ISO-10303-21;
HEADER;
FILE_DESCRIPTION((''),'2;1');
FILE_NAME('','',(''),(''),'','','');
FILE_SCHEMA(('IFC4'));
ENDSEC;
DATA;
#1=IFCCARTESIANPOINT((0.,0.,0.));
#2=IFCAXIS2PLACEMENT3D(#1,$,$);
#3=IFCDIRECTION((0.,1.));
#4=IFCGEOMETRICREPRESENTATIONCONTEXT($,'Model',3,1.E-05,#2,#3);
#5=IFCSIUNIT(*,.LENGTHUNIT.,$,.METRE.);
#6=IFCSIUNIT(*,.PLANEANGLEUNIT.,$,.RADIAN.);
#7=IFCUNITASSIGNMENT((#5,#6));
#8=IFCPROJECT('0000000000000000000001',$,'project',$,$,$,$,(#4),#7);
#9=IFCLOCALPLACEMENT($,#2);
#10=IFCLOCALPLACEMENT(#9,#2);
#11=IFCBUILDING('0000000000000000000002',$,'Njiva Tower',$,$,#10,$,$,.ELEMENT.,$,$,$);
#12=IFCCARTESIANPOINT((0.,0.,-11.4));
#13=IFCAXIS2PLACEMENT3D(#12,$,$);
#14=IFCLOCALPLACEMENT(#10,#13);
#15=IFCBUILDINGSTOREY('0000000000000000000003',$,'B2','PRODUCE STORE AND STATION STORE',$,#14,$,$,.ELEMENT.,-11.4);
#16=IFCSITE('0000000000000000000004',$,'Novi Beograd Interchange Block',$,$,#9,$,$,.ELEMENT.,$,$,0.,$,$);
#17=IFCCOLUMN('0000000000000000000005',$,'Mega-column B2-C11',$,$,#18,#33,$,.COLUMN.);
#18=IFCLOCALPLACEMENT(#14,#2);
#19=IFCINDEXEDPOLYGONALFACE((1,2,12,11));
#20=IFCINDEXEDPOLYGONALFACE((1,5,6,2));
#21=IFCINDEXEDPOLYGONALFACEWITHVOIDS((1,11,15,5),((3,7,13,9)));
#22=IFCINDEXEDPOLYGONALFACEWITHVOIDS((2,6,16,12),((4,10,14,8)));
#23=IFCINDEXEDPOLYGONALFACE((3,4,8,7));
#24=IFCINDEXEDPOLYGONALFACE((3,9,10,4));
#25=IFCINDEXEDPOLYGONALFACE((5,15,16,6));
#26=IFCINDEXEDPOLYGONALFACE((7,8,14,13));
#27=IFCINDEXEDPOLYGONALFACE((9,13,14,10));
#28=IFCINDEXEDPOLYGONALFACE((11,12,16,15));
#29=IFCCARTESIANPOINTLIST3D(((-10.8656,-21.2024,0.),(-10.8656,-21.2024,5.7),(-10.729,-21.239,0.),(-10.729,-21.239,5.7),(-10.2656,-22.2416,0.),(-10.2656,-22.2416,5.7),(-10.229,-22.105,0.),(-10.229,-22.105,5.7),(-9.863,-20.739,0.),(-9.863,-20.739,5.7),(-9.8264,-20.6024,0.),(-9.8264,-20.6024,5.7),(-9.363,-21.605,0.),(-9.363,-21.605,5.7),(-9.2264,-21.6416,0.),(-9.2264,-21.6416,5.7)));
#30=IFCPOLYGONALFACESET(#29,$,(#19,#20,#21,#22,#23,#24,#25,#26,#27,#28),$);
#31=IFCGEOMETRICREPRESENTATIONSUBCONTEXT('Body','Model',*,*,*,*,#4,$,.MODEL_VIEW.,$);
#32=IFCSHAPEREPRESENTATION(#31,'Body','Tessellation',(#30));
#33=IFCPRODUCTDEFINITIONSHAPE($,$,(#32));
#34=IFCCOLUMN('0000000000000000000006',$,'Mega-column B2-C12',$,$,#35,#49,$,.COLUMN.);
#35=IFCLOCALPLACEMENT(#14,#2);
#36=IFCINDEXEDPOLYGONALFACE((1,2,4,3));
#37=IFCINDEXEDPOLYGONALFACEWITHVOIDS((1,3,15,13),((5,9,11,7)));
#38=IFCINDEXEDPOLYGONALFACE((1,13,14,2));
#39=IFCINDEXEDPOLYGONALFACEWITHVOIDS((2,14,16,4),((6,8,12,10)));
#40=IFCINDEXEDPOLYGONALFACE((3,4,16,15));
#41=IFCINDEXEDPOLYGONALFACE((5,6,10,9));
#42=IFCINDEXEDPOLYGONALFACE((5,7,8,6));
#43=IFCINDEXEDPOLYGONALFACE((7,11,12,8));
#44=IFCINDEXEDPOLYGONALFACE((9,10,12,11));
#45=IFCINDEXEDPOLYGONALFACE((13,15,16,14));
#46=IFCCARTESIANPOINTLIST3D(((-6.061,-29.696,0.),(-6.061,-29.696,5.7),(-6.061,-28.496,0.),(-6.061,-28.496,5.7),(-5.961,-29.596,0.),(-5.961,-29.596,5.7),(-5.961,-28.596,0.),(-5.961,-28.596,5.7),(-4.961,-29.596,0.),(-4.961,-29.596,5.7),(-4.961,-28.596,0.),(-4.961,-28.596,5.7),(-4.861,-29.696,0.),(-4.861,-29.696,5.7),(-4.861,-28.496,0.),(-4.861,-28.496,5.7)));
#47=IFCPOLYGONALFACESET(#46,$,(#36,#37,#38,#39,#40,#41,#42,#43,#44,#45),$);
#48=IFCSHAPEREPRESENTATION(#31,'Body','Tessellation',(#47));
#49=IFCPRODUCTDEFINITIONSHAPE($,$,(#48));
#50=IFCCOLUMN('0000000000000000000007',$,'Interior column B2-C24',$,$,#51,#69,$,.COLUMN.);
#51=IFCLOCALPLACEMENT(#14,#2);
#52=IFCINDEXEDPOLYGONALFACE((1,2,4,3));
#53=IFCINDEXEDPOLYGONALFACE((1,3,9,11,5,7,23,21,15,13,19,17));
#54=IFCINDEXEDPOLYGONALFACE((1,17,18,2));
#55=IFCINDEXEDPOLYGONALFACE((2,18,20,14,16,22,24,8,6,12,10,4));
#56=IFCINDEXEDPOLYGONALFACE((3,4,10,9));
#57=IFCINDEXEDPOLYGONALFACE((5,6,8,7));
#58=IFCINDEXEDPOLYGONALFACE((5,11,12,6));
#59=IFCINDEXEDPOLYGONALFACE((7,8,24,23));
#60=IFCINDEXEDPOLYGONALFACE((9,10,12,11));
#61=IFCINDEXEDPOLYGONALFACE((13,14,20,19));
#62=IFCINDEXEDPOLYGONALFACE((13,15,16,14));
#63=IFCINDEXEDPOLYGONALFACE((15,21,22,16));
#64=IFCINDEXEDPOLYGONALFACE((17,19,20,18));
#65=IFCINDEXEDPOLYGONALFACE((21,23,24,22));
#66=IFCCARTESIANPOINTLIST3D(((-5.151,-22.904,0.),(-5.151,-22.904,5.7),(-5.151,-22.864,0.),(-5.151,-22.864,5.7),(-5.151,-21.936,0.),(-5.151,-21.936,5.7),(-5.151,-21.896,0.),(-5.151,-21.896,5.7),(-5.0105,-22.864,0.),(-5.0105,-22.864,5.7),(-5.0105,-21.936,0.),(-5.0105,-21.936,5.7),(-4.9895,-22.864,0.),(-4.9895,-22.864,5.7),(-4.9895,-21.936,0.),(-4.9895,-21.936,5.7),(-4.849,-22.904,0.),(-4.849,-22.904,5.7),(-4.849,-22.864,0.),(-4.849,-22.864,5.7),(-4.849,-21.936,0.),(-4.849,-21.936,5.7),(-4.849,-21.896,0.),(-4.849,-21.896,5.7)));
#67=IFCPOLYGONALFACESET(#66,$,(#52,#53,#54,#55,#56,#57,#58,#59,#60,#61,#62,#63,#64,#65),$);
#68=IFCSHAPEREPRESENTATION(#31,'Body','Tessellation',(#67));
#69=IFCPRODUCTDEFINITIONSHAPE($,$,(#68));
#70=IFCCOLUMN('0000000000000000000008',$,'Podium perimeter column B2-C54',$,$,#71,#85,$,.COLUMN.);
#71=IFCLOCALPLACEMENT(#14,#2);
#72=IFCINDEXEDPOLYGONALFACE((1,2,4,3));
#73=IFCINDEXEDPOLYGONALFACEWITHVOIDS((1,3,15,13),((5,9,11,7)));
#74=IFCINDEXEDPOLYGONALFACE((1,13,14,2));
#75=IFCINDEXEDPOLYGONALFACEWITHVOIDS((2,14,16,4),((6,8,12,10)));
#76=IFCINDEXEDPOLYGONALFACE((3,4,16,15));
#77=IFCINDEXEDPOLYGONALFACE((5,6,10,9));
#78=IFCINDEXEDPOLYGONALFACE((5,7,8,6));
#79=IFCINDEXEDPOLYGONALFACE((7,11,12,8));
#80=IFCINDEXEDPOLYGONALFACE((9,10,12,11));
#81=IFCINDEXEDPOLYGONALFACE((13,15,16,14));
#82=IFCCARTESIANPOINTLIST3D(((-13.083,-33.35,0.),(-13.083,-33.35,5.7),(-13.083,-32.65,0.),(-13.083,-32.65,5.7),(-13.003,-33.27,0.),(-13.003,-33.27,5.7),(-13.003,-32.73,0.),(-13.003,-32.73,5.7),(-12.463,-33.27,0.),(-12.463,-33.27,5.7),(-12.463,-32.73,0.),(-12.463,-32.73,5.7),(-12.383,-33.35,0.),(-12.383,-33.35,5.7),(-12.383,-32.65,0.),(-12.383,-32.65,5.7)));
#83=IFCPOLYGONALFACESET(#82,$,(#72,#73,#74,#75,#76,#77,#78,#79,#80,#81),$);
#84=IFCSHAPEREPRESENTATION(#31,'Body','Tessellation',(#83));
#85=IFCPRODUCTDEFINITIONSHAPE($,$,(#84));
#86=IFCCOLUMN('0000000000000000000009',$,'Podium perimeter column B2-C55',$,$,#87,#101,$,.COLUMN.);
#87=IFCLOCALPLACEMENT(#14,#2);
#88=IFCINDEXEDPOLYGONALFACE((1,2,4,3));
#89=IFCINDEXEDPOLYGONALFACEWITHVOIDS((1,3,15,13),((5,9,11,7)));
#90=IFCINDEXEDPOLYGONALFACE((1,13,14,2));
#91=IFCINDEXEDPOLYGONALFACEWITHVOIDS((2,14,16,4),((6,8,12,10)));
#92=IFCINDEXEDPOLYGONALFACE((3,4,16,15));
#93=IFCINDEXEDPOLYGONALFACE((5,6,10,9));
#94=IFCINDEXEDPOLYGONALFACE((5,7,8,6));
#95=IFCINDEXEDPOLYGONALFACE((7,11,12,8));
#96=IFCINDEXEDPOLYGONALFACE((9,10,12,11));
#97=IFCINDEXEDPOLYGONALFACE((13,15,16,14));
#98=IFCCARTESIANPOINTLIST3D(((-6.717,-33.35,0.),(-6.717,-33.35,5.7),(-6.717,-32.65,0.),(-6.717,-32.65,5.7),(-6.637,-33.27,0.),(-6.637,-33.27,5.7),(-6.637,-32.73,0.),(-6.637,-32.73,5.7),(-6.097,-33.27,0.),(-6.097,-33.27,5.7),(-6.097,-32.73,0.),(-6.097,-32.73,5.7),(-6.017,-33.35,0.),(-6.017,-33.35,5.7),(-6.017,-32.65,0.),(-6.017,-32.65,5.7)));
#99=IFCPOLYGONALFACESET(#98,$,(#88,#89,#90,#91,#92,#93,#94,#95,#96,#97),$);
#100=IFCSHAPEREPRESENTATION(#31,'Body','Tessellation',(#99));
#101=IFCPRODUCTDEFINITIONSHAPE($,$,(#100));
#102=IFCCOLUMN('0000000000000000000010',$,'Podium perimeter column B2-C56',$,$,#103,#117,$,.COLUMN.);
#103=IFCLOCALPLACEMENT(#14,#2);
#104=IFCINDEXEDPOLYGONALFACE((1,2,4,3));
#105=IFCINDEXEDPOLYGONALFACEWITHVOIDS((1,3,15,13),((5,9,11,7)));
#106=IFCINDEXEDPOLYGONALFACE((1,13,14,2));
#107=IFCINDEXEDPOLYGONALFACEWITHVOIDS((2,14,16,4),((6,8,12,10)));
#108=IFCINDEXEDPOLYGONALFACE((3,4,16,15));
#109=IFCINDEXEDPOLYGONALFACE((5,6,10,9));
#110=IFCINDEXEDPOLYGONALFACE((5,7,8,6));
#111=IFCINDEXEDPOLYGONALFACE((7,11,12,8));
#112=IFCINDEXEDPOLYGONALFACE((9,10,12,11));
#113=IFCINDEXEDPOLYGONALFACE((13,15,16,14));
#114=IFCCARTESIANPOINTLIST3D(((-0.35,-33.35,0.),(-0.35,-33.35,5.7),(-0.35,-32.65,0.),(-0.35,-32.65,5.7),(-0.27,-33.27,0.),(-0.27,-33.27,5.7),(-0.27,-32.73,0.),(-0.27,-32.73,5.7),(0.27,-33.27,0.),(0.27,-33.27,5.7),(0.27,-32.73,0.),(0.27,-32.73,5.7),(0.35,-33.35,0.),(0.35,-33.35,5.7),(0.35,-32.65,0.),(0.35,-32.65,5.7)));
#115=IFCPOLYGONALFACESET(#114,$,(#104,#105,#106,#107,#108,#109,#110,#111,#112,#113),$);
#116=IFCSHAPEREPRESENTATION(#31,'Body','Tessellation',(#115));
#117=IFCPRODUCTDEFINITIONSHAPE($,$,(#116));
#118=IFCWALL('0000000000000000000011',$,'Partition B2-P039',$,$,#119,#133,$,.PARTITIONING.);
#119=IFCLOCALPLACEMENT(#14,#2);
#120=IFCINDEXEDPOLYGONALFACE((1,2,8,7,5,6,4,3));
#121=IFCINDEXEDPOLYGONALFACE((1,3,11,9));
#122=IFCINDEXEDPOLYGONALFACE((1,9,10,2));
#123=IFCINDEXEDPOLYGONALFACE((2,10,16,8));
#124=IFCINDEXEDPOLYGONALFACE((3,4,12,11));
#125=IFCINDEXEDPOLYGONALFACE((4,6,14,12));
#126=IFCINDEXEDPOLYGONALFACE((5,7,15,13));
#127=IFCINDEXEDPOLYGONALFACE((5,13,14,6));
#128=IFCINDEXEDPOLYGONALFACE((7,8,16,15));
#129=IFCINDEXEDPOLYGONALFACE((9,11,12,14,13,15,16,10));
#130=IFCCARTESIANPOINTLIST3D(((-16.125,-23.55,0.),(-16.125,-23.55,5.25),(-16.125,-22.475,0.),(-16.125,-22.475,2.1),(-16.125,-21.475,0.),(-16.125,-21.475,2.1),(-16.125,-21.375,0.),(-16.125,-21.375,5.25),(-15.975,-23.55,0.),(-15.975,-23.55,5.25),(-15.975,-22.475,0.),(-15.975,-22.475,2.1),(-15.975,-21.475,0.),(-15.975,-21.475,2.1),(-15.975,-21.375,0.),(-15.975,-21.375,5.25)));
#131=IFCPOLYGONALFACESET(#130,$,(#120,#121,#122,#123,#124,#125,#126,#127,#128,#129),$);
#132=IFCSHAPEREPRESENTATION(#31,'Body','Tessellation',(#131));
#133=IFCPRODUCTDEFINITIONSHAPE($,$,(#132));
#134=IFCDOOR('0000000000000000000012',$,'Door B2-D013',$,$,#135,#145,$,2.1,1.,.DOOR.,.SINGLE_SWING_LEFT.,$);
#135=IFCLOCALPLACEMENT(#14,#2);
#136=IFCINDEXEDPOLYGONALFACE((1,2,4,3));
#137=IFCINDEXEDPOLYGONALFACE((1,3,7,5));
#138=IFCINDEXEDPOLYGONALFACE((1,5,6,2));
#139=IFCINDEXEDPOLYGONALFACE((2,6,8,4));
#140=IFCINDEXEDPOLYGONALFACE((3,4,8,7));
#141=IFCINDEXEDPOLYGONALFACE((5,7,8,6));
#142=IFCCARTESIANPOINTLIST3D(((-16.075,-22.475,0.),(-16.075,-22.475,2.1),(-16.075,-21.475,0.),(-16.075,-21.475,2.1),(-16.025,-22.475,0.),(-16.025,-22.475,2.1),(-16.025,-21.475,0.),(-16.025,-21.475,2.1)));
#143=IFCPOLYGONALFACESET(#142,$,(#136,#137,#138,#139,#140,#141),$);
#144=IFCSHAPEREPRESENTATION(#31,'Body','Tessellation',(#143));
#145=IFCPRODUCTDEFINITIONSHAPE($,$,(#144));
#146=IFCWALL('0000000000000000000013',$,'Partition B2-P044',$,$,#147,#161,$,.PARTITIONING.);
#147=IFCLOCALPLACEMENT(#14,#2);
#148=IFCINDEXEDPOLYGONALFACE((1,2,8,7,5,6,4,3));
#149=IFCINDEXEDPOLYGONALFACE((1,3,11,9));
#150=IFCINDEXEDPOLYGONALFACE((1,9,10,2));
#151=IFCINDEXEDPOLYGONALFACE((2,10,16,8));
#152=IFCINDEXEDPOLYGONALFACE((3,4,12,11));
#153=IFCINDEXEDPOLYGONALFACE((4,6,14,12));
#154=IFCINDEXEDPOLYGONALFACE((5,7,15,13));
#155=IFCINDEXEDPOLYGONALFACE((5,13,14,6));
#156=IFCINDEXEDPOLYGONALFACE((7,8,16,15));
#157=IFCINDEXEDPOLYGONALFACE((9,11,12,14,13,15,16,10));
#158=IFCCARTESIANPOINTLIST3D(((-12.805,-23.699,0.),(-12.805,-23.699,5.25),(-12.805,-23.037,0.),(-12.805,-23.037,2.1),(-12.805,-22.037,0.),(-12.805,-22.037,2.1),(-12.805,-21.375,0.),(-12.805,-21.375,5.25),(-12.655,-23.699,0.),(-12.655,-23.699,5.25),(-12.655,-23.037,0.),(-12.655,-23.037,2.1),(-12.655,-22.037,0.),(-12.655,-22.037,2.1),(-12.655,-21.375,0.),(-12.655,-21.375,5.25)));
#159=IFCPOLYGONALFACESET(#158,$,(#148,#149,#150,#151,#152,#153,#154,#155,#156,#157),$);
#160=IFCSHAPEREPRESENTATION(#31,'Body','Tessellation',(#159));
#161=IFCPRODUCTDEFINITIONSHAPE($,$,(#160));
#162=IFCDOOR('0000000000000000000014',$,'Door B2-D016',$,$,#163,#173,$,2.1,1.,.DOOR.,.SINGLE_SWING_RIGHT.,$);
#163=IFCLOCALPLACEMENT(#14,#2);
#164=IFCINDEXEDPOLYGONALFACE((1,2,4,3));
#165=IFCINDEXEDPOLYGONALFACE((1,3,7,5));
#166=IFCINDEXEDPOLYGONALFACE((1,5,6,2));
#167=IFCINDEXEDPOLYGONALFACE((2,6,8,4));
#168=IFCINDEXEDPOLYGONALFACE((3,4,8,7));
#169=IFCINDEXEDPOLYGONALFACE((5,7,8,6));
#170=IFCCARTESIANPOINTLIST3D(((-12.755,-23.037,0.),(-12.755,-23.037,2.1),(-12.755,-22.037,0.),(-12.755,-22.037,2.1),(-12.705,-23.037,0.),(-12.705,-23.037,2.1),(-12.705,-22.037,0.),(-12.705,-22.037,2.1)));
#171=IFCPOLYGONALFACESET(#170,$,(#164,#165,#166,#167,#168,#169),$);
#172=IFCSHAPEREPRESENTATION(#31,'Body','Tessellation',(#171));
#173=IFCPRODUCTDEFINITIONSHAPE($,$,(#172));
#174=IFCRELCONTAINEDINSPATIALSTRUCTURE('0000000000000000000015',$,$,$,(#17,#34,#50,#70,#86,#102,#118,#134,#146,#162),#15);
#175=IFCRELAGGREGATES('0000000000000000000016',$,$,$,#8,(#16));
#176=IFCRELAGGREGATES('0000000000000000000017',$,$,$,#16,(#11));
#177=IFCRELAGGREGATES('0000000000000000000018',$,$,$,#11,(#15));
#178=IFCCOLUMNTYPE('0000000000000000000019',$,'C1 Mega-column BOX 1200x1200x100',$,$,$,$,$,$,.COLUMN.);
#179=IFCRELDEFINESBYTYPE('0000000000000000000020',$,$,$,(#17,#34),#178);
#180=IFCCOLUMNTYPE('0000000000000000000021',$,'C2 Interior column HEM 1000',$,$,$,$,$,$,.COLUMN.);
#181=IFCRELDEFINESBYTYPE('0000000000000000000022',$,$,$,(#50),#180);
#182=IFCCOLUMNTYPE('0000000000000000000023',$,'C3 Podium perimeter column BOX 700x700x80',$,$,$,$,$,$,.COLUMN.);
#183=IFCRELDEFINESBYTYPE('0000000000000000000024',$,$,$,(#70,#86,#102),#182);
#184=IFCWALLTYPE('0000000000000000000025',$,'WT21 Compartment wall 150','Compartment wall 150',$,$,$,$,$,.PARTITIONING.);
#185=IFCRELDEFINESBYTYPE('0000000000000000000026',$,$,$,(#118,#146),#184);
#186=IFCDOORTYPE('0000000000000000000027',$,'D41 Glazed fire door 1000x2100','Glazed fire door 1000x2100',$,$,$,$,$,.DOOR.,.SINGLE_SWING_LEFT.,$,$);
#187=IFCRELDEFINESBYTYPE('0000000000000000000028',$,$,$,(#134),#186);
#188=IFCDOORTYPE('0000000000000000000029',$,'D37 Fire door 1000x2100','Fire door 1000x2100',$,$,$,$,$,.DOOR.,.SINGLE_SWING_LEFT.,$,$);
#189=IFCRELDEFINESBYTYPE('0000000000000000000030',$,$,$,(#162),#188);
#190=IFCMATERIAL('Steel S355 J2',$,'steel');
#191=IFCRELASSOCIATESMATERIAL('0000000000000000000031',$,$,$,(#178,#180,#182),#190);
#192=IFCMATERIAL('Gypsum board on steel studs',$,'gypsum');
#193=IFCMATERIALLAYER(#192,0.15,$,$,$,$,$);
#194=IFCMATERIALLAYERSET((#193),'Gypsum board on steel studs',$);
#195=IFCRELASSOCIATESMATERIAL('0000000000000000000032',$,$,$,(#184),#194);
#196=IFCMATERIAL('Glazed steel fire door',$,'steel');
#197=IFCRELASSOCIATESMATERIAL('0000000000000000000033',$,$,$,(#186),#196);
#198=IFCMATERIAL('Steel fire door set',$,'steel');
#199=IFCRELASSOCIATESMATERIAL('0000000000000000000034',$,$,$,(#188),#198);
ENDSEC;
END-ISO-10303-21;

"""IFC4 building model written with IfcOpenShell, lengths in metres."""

from ifc_helpers import new_model, si_unit, direction, frame, frame_2d, origin, origin_2d, place, context, subcontext, project, spatial, rectangle, hollow_rectangle, i_section, extrude, material, layer, layer_set, material_profile, profile_set, type_object, element, fill, save


model = new_model("IFC4")

# Units and contexts
model_context = context("Model", 3, precision=1e-05, world=origin(), true_north=direction((0.0, 1.0)))
body_context = subcontext(model_context, "Body", "Model", "MODEL_VIEW")
ifc_project = project(units=[si_unit("LENGTHUNIT", "METRE"), si_unit("PLANEANGLEUNIT", "RADIAN")], contexts=[model_context])

# Site, building, storey
site_placement = place(None, origin())
site = spatial("IfcSite", under=ifc_project, at=site_placement, Name="Novi Beograd Interchange Block", CompositionType="ELEMENT", RefElevation=0.0)
building_placement = place(site_placement, origin())
building = spatial("IfcBuilding", under=site, at=building_placement, Name="Njiva Tower", CompositionType="ELEMENT")
storey_placement = place(building_placement, frame((0.0, 0.0, -11.4)))
storey = spatial("IfcBuildingStorey", under=building, at=storey_placement, Name="B2", Description="PRODUCE STORE AND STATION STORE", CompositionType="ELEMENT", Elevation=-11.4)

# Columns
ifc_material_1 = material(Name="Steel S355 J2", Category="steel")
ifc_material_profile_1 = material_profile(ifc_material_1, hollow_rectangle(XDim=1.2, YDim=1.2, WallThickness=0.1, at=origin_2d()), Name="BOX 1200x1200x100")
ifc_profile_set_1 = profile_set([ifc_material_profile_1], Name="Steel S355 J2")
column_type_1 = type_object("IfcColumnType", Name="C1 Mega-column BOX 1200x1200x100", PredefinedType="COLUMN", material=ifc_profile_set_1)
for number, where, z_axis, x_axis, name in (
    (1, (-10.046, -21.422, 0.0), (0.0, 0.0, 1.0), (0.5, -0.866025, 0.0), "Mega-column B2-C11"),
    (2, (-5.461, -29.096, 0.0), (0.0, 0.0, 1.0), (1.0, 0.0, 0.0), "Mega-column B2-C12"),
):
    element("IfcColumn", number, at=place(storey_placement, frame(where, z_axis=z_axis, x_axis=x_axis)), inside=storey, type_object=column_type_1, Name=name, PredefinedType="COLUMN", context=body_context, shape_type="SweptSolid", body=[
        extrude(hollow_rectangle(XDim=1.2, YDim=1.2, WallThickness=0.1, at=origin_2d()), origin(), (0.0, 0.0, 1.0), 5.7),
    ])
ifc_material_profile_2 = material_profile(ifc_material_1, i_section(OverallWidth=0.302, OverallDepth=1.008, WebThickness=0.021, FlangeThickness=0.04, at=origin_2d()), Name="HEM 1000")
ifc_profile_set_2 = profile_set([ifc_material_profile_2], Name="Steel S355 J2")
column_type_2 = type_object("IfcColumnType", Name="C2 Interior column HEM 1000", PredefinedType="COLUMN", material=ifc_profile_set_2)
column_placement = place(storey_placement, frame((-5.0, -22.4, 0.0), z_axis=(0.0, 0.0, 1.0), x_axis=(1.0, 0.0, 0.0)))
element("IfcColumn", 3, at=column_placement, inside=storey, type_object=column_type_2, Name="Interior column B2-C24", PredefinedType="COLUMN", context=body_context, shape_type="SweptSolid", body=[
    extrude(i_section(OverallWidth=0.302, OverallDepth=1.008, WebThickness=0.021, FlangeThickness=0.04, at=origin_2d()), origin(), (0.0, 0.0, 1.0), 5.7),
])
ifc_material_profile_3 = material_profile(ifc_material_1, hollow_rectangle(XDim=0.7, YDim=0.7, WallThickness=0.08, at=origin_2d()), Name="BOX 700x700x80")
ifc_profile_set_3 = profile_set([ifc_material_profile_3], Name="Steel S355 J2")
column_type_3 = type_object("IfcColumnType", Name="C3 Podium perimeter column BOX 700x700x80", PredefinedType="COLUMN", material=ifc_profile_set_3)
for number, where, z_axis, x_axis, name in (
    (4, (-12.733, -33.0, 0.0), (0.0, 0.0, 1.0), (1.0, 0.0, 0.0), "Podium perimeter column B2-C54"),
    (5, (-6.367, -33.0, 0.0), (0.0, 0.0, 1.0), (1.0, 0.0, 0.0), "Podium perimeter column B2-C55"),
    (6, (0.0, -33.0, 0.0), (0.0, 0.0, 1.0), (1.0, 0.0, 0.0), "Podium perimeter column B2-C56"),
):
    element("IfcColumn", number, at=place(storey_placement, frame(where, z_axis=z_axis, x_axis=x_axis)), inside=storey, type_object=column_type_3, Name=name, PredefinedType="COLUMN", context=body_context, shape_type="SweptSolid", body=[
        extrude(hollow_rectangle(XDim=0.7, YDim=0.7, WallThickness=0.08, at=origin_2d()), origin(), (0.0, 0.0, 1.0), 5.7),
    ])

# Walls, openings, doors
ifc_material_2 = material(Name="Gypsum board on steel studs", Category="gypsum")
ifc_layer_1 = layer(ifc_material_2, 0.15)
ifc_layer_set_1 = layer_set([ifc_layer_1], Name="Gypsum board on steel studs")
wall_type_1 = type_object("IfcWallType", Name="WT21 Compartment wall 150", Description="Compartment wall 150", PredefinedType="PARTITIONING", material=ifc_layer_set_1)
wall_1_placement = place(storey_placement, frame((-16.05, -23.55, 0.0), z_axis=(0.0, 0.0, 1.0), x_axis=(0.0, 1.0, 0.0)))
wall_1 = element("IfcWall", 7, at=wall_1_placement, inside=storey, type_object=wall_type_1, Name="Partition B2-P039", PredefinedType="PARTITIONING", context=body_context, shape_type="SweptSolid", body=[
    extrude(rectangle(XDim=2.175, YDim=0.15, at=frame_2d((1.0875, 0.0))), origin(), (0.0, 0.0, 1.0), 5.25),
])
opening_1_placement = place(wall_1_placement, frame((1.075, 0.0, 0.0)))
opening_1 = element("IfcOpeningElement", 8, at=opening_1_placement, cuts=wall_1, PredefinedType="OPENING", context=body_context, shape_type="SweptSolid", body=[
    extrude(rectangle(XDim=1.0, YDim=2.1, at=frame_2d((0.5, 1.05))), frame((0.0, 0.085, 0.0), z_axis=(0.0, -1.0, 0.0), x_axis=(1.0, 0.0, 0.0)), (0.0, 0.0, 1.0), 0.17),
])
ifc_material_3 = material(Name="Glazed steel fire door", Category="steel")
door_type_1 = type_object("IfcDoorType", Name="D41 Glazed fire door 1000x2100", Description="Glazed fire door 1000x2100", OperationType="SINGLE_SWING_LEFT", PredefinedType="DOOR", material=ifc_material_3)
door_1_placement = place(opening_1_placement, origin())
door_1 = element("IfcDoor", 9, at=door_1_placement, inside=storey, type_object=door_type_1, Name="Door B2-D013", OperationType="SINGLE_SWING_LEFT", OverallHeight=2.1, OverallWidth=1.0, PredefinedType="DOOR", context=body_context, shape_type="SweptSolid", body=[
    extrude(rectangle(XDim=1.0, YDim=2.1, at=frame_2d((0.5, 1.05))), frame((0.0, 0.025, 0.0), z_axis=(0.0, -1.0, 0.0), x_axis=(1.0, 0.0, 0.0)), (0.0, 0.0, 1.0), 0.05),
])
fill(opening_1, door_1)
wall_2_placement = place(storey_placement, frame((-12.73, -23.699, 0.0), z_axis=(0.0, 0.0, 1.0), x_axis=(0.0, 1.0, 0.0)))
wall_2 = element("IfcWall", 10, at=wall_2_placement, inside=storey, type_object=wall_type_1, Name="Partition B2-P044", PredefinedType="PARTITIONING", context=body_context, shape_type="SweptSolid", body=[
    extrude(rectangle(XDim=2.324, YDim=0.15, at=frame_2d((1.162, 0.0))), origin(), (0.0, 0.0, 1.0), 5.25),
])
opening_2_placement = place(wall_2_placement, frame((0.662, 0.0, 0.0)))
opening_2 = element("IfcOpeningElement", 11, at=opening_2_placement, cuts=wall_2, PredefinedType="OPENING", context=body_context, shape_type="SweptSolid", body=[
    extrude(rectangle(XDim=1.0, YDim=2.1, at=frame_2d((0.5, 1.05))), frame((0.0, 0.085, 0.0), z_axis=(0.0, -1.0, 0.0), x_axis=(1.0, 0.0, 0.0)), (0.0, 0.0, 1.0), 0.17),
])
ifc_material_4 = material(Name="Steel fire door set", Category="steel")
door_type_2 = type_object("IfcDoorType", Name="D37 Fire door 1000x2100", Description="Fire door 1000x2100", OperationType="SINGLE_SWING_LEFT", PredefinedType="DOOR", material=ifc_material_4)
door_2_placement = place(opening_2_placement, origin())
door_2 = element("IfcDoor", 12, at=door_2_placement, inside=storey, type_object=door_type_2, Name="Door B2-D016", OperationType="SINGLE_SWING_RIGHT", OverallHeight=2.1, OverallWidth=1.0, PredefinedType="DOOR", context=body_context, shape_type="SweptSolid", body=[
    extrude(rectangle(XDim=1.0, YDim=2.1, at=frame_2d((0.5, 1.05))), frame((0.0, 0.025, 0.0), z_axis=(0.0, -1.0, 0.0), x_axis=(1.0, 0.0, 0.0)), (0.0, 0.0, 1.0), 0.05),
])
fill(opening_2, door_2)

save(model, "model.ifc")
